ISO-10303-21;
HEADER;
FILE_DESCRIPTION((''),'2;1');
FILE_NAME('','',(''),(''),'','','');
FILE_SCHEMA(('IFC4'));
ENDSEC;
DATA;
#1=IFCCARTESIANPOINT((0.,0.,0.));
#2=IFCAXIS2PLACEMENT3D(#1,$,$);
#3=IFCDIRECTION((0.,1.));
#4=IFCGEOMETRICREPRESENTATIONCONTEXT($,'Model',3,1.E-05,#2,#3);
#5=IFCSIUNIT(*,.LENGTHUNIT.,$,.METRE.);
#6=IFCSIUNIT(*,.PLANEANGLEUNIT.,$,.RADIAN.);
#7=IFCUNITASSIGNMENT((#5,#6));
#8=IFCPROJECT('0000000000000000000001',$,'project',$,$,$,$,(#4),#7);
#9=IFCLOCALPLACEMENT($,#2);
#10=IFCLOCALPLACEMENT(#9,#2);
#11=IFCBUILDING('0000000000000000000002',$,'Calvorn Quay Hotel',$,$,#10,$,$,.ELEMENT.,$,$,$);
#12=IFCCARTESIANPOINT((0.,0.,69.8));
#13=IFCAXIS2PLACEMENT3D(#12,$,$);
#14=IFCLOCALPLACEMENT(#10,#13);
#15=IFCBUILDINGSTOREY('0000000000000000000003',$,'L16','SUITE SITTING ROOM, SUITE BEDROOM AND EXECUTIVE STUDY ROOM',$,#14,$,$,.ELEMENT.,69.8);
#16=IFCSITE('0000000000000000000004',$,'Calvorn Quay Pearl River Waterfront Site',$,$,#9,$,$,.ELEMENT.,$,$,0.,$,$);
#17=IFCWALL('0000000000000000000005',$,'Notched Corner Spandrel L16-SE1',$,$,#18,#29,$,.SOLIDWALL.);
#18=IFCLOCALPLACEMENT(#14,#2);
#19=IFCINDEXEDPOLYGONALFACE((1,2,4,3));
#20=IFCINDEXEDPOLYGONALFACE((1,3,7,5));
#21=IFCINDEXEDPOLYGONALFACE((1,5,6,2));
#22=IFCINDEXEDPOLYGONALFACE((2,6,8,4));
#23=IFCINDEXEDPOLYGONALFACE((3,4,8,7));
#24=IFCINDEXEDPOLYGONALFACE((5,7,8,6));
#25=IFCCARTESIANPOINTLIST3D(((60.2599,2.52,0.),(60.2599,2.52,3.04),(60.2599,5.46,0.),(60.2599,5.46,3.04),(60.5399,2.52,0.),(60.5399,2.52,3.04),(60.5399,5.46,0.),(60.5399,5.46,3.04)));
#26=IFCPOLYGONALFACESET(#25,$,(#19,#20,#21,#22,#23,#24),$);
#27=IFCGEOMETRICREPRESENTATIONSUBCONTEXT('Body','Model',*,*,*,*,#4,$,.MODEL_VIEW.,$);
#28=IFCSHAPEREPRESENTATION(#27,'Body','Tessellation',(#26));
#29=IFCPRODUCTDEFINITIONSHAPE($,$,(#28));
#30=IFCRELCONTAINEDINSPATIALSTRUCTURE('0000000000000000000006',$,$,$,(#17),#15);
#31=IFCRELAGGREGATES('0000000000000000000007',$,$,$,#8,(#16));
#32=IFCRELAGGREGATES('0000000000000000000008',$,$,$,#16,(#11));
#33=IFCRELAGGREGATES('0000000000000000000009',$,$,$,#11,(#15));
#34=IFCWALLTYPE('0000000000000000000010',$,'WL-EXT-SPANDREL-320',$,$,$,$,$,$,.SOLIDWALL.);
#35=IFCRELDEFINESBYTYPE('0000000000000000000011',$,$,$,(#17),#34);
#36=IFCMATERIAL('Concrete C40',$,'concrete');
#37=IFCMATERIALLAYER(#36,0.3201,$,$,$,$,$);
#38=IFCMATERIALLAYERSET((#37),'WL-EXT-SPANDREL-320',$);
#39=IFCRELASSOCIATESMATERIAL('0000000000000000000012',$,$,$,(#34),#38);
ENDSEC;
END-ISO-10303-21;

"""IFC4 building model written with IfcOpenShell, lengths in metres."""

from ifc_helpers import new_model, si_unit, direction, frame, frame_2d, origin, place, context, subcontext, project, spatial, rectangle, extrude, material, layer, layer_set, type_object, element, save


model = new_model("IFC4")

# Units and contexts
model_context = context("Model", 3, precision=1e-05, world=origin(), true_north=direction((0.0, 1.0)))
body_context = subcontext(model_context, "Body", "Model", "MODEL_VIEW")
ifc_project = project(units=[si_unit("LENGTHUNIT", "METRE"), si_unit("PLANEANGLEUNIT", "RADIAN")], contexts=[model_context])

# Site, building, storey
site_placement = place(None, origin())
site = spatial("IfcSite", under=ifc_project, at=site_placement, Name="Calvorn Quay Pearl River Waterfront Site", CompositionType="ELEMENT", RefElevation=0.0)
building_placement = place(site_placement, origin())
building = spatial("IfcBuilding", under=site, at=building_placement, Name="Calvorn Quay Hotel", CompositionType="ELEMENT")
storey_placement = place(building_placement, frame((0.0, 0.0, 69.8)))
storey = spatial("IfcBuildingStorey", under=building, at=storey_placement, Name="L16", Description="SUITE SITTING ROOM, SUITE BEDROOM AND EXECUTIVE STUDY ROOM", CompositionType="ELEMENT", Elevation=69.8)

# Wall
ifc_material_1 = material(Name="Concrete C40", Category="concrete")
ifc_layer_1 = layer(ifc_material_1, 0.3201)
ifc_layer_set_1 = layer_set([ifc_layer_1], Name="WL-EXT-SPANDREL-320")
wall_type = type_object("IfcWallType", Name="WL-EXT-SPANDREL-320", PredefinedType="SOLIDWALL", material=ifc_layer_set_1)
wall_1_placement = place(storey_placement, frame((60.3999, 2.52, 0.0), z_axis=(0.0, 0.0, 1.0), x_axis=(0.0, 1.0, 0.0)))
element("IfcWall", 1, at=wall_1_placement, inside=storey, type_object=wall_type, Name="Notched Corner Spandrel L16-SE1", PredefinedType="SOLIDWALL", context=body_context, shape_type="SweptSolid", body=[
    extrude(rectangle(XDim=2.9399, YDim=0.28, at=frame_2d((1.47, 0.0))), origin(), (0.0, 0.0, 1.0), 3.04),
])

save(model, "model.ifc")
